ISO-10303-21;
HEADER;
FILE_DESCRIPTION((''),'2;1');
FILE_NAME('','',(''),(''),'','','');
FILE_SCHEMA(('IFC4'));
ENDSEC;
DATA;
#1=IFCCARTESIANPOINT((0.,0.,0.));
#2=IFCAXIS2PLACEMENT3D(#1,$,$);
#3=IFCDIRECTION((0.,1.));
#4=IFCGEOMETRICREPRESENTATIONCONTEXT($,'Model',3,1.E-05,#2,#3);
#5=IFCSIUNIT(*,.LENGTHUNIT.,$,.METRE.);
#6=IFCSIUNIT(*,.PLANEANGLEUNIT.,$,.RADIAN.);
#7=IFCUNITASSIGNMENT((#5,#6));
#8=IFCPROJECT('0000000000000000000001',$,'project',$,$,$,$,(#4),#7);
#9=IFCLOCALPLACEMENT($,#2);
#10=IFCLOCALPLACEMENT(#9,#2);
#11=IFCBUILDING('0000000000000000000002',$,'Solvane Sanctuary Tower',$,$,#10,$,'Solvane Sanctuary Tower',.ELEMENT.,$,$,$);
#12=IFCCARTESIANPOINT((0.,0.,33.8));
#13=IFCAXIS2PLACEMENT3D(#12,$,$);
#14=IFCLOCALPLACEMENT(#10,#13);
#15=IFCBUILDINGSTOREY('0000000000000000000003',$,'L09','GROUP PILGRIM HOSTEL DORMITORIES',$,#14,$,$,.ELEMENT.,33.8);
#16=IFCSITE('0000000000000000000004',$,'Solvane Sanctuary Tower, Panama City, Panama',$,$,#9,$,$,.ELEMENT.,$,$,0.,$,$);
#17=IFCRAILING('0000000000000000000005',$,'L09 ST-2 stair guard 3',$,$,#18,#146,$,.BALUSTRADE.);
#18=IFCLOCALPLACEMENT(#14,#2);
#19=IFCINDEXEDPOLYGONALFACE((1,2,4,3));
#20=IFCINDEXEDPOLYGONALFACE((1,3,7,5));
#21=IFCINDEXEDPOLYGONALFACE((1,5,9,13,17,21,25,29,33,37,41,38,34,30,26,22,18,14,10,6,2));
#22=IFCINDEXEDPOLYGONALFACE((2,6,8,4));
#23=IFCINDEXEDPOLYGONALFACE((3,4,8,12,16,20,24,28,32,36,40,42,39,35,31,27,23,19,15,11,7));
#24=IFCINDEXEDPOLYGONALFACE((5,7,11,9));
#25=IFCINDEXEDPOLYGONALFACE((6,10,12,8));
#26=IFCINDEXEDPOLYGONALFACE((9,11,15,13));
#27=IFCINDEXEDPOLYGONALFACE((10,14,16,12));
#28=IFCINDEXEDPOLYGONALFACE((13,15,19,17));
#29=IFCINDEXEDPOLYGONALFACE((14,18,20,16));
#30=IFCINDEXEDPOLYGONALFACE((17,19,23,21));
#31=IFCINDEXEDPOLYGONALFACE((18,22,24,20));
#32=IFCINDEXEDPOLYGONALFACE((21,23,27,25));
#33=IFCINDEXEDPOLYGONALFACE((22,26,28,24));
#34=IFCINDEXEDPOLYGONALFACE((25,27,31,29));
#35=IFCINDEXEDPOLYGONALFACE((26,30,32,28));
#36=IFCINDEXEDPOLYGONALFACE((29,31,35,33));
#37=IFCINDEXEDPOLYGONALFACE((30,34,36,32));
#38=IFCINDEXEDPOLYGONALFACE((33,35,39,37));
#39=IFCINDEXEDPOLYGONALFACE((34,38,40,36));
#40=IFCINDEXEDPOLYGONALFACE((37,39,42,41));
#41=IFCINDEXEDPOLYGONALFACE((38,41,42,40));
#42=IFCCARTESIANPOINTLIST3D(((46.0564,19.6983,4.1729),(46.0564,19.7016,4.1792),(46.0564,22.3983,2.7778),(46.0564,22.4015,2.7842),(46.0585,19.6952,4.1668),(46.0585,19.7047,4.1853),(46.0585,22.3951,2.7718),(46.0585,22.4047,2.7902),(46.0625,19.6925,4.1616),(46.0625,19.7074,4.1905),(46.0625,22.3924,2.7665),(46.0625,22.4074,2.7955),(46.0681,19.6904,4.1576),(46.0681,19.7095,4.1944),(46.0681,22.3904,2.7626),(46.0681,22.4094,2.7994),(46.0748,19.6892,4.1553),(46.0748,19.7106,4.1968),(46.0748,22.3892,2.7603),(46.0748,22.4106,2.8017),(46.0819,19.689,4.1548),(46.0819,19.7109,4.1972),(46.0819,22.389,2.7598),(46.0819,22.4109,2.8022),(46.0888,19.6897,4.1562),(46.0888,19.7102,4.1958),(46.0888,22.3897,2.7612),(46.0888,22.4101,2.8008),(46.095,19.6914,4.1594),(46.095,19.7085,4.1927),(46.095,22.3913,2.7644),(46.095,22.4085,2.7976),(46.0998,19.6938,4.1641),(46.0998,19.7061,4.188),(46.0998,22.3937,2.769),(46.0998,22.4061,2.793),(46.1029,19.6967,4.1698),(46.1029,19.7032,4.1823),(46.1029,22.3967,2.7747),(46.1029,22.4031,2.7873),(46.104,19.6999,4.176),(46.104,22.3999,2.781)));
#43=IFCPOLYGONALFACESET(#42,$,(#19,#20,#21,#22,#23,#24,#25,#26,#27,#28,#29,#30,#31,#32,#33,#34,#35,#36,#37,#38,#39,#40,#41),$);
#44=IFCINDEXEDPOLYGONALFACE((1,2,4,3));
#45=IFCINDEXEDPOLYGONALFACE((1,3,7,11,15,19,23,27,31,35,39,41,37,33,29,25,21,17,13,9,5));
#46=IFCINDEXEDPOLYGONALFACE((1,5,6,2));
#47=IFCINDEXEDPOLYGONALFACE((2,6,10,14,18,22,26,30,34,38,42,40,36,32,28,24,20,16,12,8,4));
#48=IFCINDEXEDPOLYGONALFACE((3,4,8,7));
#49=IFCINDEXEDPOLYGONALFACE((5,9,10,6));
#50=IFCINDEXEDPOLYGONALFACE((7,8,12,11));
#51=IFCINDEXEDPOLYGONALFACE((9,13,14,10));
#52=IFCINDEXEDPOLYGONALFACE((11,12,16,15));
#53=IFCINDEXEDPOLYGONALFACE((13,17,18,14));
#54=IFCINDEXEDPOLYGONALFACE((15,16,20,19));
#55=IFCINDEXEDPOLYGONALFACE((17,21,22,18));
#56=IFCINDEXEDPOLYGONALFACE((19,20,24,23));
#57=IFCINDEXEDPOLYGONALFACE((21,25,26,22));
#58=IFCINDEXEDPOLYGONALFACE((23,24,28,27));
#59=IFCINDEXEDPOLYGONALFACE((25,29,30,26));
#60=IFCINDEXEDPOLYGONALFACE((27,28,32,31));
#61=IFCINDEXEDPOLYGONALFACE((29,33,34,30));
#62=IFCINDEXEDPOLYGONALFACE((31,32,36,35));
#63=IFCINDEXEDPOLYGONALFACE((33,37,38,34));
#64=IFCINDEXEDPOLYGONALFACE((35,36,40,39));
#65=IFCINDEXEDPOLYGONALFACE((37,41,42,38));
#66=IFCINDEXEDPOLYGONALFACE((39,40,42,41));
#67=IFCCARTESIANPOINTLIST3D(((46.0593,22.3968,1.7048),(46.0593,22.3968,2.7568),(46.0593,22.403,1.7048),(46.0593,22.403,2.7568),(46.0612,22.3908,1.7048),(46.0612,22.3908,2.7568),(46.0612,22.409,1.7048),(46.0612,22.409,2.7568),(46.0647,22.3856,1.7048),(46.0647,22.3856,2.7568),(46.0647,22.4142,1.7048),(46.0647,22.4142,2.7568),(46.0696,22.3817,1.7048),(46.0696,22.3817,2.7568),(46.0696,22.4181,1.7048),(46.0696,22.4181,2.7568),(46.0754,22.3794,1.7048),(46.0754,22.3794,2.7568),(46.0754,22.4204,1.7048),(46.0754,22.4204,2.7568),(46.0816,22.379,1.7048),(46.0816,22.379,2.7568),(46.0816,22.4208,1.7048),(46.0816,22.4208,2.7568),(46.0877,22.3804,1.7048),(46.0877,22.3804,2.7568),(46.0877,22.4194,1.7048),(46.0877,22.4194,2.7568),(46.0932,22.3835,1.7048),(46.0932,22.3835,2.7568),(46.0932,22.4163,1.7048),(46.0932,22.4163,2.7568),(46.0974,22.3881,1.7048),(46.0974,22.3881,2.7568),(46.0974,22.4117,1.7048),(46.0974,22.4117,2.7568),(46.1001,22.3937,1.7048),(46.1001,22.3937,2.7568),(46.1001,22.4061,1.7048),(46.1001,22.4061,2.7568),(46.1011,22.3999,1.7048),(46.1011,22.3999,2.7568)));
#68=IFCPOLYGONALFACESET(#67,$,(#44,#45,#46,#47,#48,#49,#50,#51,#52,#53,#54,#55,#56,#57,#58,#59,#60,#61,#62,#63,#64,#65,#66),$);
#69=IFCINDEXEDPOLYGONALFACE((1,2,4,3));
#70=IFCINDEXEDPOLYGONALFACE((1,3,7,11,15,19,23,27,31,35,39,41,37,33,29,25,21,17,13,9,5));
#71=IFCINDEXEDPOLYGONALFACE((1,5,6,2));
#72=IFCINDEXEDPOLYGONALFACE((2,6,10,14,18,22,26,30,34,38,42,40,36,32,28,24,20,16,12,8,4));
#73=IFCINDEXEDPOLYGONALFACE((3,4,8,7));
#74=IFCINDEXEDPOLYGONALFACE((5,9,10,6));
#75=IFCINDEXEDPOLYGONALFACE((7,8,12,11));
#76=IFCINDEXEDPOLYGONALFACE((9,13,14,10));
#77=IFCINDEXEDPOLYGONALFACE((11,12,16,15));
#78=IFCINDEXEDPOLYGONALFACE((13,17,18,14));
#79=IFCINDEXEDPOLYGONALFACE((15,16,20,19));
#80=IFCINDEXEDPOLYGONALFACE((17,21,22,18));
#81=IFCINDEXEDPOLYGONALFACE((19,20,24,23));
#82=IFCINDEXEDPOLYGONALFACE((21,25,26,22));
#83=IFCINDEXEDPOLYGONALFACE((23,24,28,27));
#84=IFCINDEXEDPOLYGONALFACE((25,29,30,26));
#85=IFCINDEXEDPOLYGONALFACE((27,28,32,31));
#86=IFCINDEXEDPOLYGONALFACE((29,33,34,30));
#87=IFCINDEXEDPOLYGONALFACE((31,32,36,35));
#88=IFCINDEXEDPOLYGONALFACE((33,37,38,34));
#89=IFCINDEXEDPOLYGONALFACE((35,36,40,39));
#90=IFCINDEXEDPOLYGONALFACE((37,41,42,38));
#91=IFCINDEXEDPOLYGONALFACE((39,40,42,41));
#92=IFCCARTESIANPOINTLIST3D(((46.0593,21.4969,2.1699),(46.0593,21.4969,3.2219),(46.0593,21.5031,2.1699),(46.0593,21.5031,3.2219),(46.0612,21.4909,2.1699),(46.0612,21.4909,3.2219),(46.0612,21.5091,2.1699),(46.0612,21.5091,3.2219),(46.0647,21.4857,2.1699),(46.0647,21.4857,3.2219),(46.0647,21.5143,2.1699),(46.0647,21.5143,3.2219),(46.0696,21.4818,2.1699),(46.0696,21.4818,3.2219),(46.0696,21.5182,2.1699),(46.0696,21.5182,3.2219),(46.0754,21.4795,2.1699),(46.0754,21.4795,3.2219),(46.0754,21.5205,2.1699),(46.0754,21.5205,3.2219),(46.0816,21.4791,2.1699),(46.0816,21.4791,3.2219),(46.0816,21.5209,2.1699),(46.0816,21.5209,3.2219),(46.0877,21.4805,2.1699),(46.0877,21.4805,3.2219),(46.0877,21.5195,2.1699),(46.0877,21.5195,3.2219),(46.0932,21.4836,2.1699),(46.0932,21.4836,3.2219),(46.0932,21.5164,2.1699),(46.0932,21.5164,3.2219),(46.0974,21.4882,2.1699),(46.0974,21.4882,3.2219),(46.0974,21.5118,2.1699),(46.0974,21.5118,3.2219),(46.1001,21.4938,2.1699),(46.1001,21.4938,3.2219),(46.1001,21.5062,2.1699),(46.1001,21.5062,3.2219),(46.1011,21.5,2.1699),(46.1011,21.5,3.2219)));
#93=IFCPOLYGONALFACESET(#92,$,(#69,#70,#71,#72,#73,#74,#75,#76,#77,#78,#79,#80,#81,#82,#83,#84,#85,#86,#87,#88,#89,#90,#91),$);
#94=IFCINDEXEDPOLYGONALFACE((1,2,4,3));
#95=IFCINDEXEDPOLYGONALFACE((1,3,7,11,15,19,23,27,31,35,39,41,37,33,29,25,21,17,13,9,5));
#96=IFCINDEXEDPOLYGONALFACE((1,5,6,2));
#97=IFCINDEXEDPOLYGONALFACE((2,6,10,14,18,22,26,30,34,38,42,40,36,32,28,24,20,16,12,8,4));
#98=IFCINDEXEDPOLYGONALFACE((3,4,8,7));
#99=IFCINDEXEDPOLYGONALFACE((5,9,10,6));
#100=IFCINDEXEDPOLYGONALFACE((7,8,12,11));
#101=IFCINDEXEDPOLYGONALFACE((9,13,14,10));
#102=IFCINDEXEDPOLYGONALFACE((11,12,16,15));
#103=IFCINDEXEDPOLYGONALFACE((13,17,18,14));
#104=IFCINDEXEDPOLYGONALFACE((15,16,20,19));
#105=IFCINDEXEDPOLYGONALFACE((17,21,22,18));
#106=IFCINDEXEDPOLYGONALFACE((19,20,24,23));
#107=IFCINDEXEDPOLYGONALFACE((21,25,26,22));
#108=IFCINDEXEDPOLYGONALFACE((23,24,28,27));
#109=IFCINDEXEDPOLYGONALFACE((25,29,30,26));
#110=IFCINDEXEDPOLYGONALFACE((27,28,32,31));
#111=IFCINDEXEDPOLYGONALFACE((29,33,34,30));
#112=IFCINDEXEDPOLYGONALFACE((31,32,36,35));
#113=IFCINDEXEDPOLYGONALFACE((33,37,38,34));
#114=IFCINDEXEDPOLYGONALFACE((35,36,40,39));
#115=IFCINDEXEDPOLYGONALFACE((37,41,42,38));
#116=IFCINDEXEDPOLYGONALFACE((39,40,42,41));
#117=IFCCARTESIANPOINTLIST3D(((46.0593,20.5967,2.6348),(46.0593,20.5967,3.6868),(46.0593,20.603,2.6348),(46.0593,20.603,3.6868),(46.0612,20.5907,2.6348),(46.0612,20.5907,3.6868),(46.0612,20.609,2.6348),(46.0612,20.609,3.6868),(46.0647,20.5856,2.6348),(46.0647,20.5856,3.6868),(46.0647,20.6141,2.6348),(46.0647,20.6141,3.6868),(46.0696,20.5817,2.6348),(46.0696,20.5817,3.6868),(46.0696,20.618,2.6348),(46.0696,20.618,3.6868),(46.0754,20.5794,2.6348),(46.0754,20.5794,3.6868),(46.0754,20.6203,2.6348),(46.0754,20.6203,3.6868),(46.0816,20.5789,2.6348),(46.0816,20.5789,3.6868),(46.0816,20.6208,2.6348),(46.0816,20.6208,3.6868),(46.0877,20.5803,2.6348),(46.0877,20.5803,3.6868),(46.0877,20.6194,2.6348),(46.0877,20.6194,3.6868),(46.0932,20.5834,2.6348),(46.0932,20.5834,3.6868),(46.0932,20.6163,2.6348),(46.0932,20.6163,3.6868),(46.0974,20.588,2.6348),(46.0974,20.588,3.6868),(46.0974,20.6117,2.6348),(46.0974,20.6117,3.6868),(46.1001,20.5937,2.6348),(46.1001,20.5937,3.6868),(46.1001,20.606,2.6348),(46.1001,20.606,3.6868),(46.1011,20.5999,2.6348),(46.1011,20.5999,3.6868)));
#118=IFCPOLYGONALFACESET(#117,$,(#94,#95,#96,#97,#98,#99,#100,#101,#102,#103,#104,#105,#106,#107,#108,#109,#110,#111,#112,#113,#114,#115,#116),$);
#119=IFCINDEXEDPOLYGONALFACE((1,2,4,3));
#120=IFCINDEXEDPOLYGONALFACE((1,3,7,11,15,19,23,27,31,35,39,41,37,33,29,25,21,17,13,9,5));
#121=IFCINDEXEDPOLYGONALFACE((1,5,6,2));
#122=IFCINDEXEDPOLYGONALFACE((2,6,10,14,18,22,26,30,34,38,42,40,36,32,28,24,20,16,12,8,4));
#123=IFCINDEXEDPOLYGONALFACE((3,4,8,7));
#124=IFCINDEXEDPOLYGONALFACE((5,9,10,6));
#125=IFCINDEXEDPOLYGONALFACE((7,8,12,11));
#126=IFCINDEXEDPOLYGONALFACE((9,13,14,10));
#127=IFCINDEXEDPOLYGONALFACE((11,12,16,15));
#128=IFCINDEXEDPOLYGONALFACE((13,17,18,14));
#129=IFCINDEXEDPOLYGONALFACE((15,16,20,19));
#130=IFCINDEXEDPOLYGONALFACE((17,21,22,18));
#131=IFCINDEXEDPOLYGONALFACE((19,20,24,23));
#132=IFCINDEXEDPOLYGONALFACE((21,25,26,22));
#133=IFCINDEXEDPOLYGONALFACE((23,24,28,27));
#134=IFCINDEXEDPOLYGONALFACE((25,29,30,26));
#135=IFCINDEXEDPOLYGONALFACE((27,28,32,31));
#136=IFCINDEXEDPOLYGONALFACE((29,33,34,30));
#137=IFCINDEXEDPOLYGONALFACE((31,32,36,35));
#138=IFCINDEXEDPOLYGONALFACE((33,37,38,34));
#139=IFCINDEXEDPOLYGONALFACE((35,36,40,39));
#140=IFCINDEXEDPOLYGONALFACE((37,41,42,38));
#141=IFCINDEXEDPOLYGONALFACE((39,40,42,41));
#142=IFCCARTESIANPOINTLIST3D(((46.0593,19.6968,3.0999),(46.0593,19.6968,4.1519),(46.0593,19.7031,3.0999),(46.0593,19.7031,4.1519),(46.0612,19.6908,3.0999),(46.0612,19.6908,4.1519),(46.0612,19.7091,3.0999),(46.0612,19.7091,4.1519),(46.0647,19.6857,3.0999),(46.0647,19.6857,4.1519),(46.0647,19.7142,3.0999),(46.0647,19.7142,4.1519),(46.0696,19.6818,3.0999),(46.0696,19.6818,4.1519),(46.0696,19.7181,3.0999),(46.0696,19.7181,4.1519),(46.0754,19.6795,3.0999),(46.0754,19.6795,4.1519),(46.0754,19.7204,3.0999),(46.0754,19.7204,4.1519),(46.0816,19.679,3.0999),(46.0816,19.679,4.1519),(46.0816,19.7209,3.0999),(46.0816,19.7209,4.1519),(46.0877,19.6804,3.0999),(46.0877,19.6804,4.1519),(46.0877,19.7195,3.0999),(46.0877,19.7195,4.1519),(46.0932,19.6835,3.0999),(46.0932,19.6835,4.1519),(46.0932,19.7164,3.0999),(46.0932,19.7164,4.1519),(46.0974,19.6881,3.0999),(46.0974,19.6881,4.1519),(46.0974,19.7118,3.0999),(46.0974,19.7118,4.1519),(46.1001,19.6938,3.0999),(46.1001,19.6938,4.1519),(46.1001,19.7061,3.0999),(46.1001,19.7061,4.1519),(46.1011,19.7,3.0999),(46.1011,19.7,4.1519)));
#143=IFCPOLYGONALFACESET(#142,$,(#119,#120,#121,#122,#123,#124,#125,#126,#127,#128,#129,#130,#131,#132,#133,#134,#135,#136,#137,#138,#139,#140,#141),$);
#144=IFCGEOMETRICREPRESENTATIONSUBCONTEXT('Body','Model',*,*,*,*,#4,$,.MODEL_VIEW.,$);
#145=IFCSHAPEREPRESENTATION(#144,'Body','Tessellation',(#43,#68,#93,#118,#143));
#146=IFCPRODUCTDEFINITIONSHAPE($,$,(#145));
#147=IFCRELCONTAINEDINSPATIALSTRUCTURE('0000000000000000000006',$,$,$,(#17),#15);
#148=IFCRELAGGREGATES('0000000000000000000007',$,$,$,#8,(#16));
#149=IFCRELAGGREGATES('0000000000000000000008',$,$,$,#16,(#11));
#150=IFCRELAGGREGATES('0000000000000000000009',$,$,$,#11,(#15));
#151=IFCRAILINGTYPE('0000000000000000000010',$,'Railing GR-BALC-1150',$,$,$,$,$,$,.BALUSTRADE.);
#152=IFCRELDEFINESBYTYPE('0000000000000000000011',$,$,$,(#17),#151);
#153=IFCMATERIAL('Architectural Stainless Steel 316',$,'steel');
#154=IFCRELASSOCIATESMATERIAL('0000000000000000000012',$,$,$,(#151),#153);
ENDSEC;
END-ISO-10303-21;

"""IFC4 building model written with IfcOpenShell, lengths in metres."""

from ifc_helpers import new_model, si_unit, direction, frame, origin, origin_2d, place, context, subcontext, project, spatial, circle, extrude, material, type_object, element, save


model = new_model("IFC4")

# Units and contexts
model_context = context("Model", 3, precision=1e-05, world=origin(), true_north=direction((0.0, 1.0)))
body_context = subcontext(model_context, "Body", "Model", "MODEL_VIEW")
ifc_project = project(units=[si_unit("LENGTHUNIT", "METRE"), si_unit("PLANEANGLEUNIT", "RADIAN")], contexts=[model_context])

# Site, building, storey
site_placement = place(None, origin())
site = spatial("IfcSite", under=ifc_project, at=site_placement, Name="Solvane Sanctuary Tower, Panama City, Panama", CompositionType="ELEMENT", RefElevation=0.0)
building_placement = place(site_placement, origin())
building = spatial("IfcBuilding", under=site, at=building_placement, Name="Solvane Sanctuary Tower", LongName="Solvane Sanctuary Tower", CompositionType="ELEMENT")
storey_placement = place(building_placement, frame((0.0, 0.0, 33.8)))
storey = spatial("IfcBuildingStorey", under=building, at=storey_placement, Name="L09", Description="GROUP PILGRIM HOSTEL DORMITORIES", CompositionType="ELEMENT", Elevation=33.8)

# Shared definitions
ifc_material_1 = material(Name="Architectural Stainless Steel 316", Category="steel")

# Railing
railing_type_1 = type_object("IfcRailingType", Name="Railing GR-BALC-1150", PredefinedType="BALUSTRADE", material=ifc_material_1)
railing_1_placement = place(storey_placement, frame((46.0801, 22.3999, 1.7048)))
element("IfcRailing", 1, at=railing_1_placement, inside=storey, type_object=railing_type_1, Name="L09 ST-2 stair guard 3", PredefinedType="BALUSTRADE", context=body_context, shape_type="SweptSolid", body=[
    extrude(circle(Radius=0.0239, at=origin_2d()), frame((0.0, 0.0, 1.0762), z_axis=(0.0, -0.88842, 0.459032), x_axis=(1.0, 0.0, 0.0)), (0.0, 0.0, 1.0), 3.0391),
    extrude(circle(Radius=0.021, at=origin_2d()), origin(), (0.0, 0.0, 1.0), 1.052),
    extrude(circle(Radius=0.021, at=origin_2d()), frame((0.0, -0.8999, 0.4651)), (0.0, 0.0, 1.0), 1.052),
    extrude(circle(Radius=0.021, at=origin_2d()), frame((0.0, -1.8, 0.9299)), (0.0, 0.0, 1.0), 1.052),
    extrude(circle(Radius=0.021, at=origin_2d()), frame((0.0, -2.7, 1.395)), (0.0, 0.0, 1.0), 1.052),
])

save(model, "model.ifc")
